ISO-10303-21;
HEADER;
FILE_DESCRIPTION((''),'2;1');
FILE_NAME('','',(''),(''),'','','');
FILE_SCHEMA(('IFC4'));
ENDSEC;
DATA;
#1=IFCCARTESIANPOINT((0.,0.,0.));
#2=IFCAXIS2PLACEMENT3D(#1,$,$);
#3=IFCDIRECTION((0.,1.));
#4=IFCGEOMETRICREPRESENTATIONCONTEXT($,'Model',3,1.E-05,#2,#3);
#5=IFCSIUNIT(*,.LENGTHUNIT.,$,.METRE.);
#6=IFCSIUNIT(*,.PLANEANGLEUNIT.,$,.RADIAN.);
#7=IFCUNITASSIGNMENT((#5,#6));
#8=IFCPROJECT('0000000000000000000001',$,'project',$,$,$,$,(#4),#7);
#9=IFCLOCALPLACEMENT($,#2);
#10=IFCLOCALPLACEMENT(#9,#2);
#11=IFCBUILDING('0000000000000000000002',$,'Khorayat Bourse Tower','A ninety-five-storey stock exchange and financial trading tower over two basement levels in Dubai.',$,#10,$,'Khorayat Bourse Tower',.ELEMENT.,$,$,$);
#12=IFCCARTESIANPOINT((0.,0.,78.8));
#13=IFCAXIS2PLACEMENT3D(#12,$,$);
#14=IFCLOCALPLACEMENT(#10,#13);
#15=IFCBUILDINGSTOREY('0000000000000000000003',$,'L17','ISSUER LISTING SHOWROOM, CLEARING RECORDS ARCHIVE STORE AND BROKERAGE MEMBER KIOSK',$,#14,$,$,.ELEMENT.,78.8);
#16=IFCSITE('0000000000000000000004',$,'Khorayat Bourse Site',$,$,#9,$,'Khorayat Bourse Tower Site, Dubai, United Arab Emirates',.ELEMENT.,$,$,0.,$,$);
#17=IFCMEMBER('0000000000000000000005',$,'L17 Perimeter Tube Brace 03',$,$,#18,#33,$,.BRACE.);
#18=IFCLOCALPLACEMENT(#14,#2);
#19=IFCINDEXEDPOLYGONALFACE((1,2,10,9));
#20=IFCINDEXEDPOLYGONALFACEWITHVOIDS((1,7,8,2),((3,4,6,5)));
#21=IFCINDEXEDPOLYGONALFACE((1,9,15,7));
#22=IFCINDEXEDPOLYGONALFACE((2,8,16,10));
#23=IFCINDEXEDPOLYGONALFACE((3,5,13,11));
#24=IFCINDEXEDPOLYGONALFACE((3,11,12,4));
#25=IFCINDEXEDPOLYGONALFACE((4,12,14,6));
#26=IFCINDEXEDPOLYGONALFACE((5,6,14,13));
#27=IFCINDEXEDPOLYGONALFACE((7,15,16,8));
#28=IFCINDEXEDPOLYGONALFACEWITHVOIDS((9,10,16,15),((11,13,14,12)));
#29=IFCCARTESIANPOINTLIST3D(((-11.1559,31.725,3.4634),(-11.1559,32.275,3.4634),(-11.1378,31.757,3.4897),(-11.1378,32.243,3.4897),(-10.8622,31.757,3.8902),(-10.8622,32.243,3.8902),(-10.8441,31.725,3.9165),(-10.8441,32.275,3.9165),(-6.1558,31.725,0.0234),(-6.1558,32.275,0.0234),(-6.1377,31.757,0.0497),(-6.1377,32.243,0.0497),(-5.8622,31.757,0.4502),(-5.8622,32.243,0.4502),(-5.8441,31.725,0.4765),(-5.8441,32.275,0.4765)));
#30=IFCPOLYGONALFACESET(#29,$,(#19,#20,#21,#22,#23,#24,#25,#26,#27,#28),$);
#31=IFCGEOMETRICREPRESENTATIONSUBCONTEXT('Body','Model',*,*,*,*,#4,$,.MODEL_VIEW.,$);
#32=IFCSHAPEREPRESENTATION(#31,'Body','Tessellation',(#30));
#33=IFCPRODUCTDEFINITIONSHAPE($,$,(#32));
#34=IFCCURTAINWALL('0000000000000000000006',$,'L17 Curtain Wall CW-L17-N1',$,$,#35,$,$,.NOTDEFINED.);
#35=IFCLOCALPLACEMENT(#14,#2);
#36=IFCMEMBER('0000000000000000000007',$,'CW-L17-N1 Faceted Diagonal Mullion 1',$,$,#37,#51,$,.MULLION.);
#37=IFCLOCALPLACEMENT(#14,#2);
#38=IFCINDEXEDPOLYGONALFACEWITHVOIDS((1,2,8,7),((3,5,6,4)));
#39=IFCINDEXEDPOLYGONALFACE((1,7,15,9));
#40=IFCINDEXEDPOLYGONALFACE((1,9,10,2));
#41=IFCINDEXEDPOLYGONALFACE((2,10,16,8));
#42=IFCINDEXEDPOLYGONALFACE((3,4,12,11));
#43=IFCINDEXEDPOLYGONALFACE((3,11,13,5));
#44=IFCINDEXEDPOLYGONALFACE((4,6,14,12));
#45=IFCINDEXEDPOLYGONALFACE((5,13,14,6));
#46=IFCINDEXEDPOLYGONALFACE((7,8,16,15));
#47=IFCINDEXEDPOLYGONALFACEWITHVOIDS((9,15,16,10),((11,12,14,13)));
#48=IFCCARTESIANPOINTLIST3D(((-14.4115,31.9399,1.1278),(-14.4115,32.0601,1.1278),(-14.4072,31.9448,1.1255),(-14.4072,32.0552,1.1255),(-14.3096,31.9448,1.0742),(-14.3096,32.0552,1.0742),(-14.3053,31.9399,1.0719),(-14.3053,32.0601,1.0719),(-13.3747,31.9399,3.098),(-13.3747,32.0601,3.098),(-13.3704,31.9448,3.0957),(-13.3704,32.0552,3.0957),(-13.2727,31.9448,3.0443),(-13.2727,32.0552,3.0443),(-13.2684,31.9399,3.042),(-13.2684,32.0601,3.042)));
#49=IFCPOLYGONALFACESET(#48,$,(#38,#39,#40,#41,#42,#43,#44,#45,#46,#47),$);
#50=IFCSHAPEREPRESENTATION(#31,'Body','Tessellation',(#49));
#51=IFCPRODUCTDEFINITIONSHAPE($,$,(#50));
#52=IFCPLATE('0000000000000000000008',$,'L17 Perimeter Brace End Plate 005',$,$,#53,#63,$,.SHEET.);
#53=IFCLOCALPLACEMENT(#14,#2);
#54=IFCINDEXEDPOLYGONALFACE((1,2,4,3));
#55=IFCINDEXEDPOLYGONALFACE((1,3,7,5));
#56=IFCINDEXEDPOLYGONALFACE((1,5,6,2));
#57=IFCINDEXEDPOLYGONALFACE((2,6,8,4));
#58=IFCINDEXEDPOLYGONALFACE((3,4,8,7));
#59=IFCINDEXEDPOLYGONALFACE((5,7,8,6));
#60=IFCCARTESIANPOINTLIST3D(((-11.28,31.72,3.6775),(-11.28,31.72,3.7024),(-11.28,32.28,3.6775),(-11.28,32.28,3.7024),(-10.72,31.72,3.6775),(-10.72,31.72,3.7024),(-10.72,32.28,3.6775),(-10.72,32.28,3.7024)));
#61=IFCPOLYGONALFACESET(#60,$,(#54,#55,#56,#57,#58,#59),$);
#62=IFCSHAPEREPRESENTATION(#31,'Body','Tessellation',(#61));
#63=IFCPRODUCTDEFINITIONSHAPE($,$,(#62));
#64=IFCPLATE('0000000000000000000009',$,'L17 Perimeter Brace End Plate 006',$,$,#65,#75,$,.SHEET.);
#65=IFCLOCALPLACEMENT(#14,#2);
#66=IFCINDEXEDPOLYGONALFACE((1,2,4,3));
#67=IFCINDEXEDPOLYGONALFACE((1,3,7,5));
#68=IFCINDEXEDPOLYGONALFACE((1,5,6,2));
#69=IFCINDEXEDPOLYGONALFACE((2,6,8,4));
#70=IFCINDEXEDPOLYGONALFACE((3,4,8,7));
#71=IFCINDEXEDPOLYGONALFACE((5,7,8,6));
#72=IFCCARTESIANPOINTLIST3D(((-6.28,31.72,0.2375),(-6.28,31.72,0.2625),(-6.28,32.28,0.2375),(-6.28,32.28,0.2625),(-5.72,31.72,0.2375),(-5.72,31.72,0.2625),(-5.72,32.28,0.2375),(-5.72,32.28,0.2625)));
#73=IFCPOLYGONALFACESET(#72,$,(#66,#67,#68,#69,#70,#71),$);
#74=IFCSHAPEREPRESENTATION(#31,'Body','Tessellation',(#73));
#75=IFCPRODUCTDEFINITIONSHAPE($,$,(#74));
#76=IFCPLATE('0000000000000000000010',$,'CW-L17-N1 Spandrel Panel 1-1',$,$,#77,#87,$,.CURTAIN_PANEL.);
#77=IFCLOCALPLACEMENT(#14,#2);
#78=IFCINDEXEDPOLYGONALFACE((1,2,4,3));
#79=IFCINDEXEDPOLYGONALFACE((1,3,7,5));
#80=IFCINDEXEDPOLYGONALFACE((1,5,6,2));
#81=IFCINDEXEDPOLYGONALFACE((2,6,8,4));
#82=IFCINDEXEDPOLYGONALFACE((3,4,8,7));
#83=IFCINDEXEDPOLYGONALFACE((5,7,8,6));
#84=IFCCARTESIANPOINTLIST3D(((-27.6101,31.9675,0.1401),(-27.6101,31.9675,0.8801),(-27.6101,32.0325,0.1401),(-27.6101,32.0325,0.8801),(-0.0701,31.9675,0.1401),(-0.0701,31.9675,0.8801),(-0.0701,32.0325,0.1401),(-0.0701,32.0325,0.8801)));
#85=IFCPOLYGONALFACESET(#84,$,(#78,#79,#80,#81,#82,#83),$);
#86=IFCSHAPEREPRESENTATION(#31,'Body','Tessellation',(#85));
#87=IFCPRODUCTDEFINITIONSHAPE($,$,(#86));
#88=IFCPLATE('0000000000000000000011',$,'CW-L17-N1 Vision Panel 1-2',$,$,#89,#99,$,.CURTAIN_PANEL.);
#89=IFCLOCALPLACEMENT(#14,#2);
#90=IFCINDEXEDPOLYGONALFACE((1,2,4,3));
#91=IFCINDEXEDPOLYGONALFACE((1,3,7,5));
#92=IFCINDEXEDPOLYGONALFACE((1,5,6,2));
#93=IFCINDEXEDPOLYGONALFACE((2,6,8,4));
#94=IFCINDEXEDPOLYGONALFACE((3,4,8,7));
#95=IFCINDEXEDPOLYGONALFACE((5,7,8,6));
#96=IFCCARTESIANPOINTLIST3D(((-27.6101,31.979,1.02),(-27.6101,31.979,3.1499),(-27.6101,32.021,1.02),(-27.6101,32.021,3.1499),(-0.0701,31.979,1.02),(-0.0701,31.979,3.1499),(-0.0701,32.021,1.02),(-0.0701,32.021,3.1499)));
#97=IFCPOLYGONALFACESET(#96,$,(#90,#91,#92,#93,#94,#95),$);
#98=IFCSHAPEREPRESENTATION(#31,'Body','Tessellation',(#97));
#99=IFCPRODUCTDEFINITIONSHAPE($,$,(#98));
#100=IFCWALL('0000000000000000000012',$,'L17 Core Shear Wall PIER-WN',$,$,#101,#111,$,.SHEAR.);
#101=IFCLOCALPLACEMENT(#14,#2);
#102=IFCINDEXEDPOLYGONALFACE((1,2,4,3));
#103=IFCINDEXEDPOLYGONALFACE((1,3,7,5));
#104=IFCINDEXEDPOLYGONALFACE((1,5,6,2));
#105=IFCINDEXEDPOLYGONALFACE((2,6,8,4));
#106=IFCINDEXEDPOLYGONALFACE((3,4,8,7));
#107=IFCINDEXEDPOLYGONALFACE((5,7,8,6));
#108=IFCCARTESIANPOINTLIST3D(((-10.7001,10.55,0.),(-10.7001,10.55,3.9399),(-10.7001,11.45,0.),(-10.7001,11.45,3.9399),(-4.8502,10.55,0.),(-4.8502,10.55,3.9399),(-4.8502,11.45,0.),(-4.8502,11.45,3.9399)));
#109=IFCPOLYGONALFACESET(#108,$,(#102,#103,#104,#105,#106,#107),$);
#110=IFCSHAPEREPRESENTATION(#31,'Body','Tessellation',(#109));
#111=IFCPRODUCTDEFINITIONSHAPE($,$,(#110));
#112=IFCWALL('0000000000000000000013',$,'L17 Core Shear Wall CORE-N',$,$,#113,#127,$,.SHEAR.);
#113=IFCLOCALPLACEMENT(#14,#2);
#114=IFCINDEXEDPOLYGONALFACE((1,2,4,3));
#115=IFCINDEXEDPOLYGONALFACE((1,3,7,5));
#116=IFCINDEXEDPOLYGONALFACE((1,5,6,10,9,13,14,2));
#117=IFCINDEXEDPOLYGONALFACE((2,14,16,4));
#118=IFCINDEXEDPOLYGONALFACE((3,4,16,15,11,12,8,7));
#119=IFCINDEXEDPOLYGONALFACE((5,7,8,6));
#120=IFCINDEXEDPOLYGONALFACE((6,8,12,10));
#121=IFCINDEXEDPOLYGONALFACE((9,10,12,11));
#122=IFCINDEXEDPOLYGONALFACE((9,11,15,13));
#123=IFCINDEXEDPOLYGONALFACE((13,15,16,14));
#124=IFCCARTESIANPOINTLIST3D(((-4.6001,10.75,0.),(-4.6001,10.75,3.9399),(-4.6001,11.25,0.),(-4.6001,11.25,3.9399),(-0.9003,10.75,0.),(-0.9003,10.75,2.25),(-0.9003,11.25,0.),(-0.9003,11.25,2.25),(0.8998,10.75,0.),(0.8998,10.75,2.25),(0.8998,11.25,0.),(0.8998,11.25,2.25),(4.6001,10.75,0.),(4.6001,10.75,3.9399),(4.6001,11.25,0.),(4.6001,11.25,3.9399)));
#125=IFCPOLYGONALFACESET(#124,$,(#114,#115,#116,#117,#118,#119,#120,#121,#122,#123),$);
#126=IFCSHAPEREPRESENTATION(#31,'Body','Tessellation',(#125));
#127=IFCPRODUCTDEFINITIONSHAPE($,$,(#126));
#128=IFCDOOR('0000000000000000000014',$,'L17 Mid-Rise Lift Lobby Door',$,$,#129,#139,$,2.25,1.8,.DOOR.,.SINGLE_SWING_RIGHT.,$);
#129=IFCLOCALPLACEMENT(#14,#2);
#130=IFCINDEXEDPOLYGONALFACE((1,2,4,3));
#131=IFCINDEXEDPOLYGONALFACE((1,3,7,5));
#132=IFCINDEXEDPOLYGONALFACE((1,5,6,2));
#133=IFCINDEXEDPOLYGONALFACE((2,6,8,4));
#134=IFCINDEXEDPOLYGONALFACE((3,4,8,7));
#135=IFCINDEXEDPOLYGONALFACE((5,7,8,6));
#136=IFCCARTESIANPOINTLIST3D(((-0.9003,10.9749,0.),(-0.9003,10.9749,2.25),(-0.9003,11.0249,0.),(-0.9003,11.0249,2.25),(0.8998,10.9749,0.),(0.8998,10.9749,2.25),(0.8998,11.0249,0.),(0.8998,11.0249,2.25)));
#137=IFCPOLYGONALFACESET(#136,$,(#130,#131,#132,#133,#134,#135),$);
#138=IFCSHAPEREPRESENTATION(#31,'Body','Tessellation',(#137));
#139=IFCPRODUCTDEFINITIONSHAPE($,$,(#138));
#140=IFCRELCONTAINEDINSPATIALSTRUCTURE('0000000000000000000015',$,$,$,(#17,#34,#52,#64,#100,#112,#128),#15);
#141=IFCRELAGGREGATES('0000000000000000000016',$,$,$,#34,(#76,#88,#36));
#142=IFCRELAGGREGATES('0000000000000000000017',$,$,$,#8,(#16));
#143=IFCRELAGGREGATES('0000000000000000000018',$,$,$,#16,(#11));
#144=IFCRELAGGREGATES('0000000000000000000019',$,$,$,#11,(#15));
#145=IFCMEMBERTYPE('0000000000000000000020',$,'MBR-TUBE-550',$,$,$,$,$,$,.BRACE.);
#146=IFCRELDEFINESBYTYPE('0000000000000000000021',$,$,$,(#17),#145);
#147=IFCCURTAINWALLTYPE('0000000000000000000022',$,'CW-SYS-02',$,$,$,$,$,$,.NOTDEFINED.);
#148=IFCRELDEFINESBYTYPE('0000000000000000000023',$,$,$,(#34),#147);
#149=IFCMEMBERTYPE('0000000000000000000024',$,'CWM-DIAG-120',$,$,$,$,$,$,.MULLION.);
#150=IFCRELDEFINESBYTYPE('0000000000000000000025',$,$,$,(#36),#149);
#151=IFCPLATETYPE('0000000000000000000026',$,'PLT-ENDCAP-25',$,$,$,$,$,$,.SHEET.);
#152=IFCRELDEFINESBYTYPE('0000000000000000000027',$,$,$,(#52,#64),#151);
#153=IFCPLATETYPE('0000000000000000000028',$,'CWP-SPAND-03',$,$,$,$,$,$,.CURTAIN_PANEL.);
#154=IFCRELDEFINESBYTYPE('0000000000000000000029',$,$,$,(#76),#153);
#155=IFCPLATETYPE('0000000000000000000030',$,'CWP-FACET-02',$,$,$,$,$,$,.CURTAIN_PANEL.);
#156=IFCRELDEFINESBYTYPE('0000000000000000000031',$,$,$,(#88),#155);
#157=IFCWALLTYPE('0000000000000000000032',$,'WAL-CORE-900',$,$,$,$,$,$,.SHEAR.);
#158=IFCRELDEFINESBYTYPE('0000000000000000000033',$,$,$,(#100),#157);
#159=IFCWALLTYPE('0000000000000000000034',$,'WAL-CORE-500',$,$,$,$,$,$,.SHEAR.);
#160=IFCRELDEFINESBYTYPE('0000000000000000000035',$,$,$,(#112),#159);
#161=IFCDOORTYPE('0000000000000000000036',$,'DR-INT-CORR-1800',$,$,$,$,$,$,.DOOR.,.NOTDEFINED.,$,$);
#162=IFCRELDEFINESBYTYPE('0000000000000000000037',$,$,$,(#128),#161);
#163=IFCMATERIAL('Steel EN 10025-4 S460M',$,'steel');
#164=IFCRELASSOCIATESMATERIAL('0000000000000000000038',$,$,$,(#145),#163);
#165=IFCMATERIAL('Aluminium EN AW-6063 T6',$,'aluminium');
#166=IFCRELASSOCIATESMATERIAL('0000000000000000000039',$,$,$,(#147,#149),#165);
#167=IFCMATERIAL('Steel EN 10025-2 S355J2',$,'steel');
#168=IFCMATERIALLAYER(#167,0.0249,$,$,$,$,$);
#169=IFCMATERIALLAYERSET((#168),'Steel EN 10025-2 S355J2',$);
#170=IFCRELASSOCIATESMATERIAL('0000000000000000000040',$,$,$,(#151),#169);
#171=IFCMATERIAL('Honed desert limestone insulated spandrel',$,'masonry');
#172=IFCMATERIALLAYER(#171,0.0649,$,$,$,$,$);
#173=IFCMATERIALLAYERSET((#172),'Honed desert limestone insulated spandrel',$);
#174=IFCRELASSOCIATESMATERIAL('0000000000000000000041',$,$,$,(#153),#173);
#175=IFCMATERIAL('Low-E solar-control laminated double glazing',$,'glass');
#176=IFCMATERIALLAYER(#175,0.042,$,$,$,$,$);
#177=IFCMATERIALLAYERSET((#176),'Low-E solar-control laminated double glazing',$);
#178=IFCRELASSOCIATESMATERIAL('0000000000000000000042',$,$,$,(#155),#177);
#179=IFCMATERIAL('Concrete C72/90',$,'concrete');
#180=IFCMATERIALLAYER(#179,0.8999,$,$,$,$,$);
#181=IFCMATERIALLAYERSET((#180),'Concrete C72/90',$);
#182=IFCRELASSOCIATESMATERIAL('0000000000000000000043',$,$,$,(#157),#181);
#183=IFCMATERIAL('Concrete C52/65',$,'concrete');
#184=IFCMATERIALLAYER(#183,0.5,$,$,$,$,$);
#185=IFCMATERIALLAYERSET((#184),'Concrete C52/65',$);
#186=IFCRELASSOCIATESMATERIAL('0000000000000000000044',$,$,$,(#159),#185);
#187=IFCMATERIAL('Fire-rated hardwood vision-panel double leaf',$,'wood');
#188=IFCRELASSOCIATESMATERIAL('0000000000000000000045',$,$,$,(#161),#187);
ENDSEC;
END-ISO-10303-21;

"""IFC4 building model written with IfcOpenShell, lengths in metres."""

from ifc_helpers import new_model, si_unit, direction, frame, frame_2d, origin, origin_2d, place, context, subcontext, project, spatial, rectangle, hollow_rectangle, extrude, source, transform, mapped, material, layer, layer_set, material_profile, profile_set, type_object, element, fill, aggregate, save


model = new_model("IFC4")

# Units and contexts
model_context = context("Model", 3, precision=1e-05, world=origin(), true_north=direction((0.0, 1.0)))
body_context = subcontext(model_context, "Body", "Model", "MODEL_VIEW")
ifc_project = project(units=[si_unit("LENGTHUNIT", "METRE"), si_unit("PLANEANGLEUNIT", "RADIAN")], contexts=[model_context])

# Site, building, storey
site_placement = place(None, origin())
site = spatial("IfcSite", under=ifc_project, at=site_placement, Name="Khorayat Bourse Site", LongName="Khorayat Bourse Tower Site, Dubai, United Arab Emirates", CompositionType="ELEMENT", RefElevation=0.0)
building_placement = place(site_placement, origin())
building = spatial("IfcBuilding", under=site, at=building_placement, Name="Khorayat Bourse Tower", Description="A ninety-five-storey stock exchange and financial trading tower over two basement levels in Dubai.", LongName="Khorayat Bourse Tower", CompositionType="ELEMENT")
storey_placement = place(building_placement, frame((0.0, 0.0, 78.8)))
storey = spatial("IfcBuildingStorey", under=building, at=storey_placement, Name="L17", Description="ISSUER LISTING SHOWROOM, CLEARING RECORDS ARCHIVE STORE AND BROKERAGE MEMBER KIOSK", CompositionType="ELEMENT", Elevation=78.8)

# Shared definitions
ifc_material_1 = material(Name="Steel EN 10025-4 S460M", Category="steel")
ifc_material_2 = material(Name="Concrete C72/90", Category="concrete")

# Member
ifc_material_profile_1 = material_profile(ifc_material_1, hollow_rectangle(XDim=0.55, YDim=0.55, WallThickness=0.032, at=origin_2d()), Name="HSS 550x550x32")
ifc_profile_set_1 = profile_set([ifc_material_profile_1], Name="Steel EN 10025-4 S460M")
member_type_1 = type_object("IfcMemberType", Name="MBR-TUBE-550", PredefinedType="BRACE", material=ifc_profile_set_1)
shared_shape_1 = source(origin(), body_context, "Body", "SweptSolid", [
    extrude(hollow_rectangle(XDim=0.55, YDim=0.55, WallThickness=0.032, at=origin_2d()), origin(), (0.0, 0.0, 1.0), 6.0691),
])
member_1_placement = place(storey_placement, frame((-11.0, 32.0, 3.6899), z_axis=(0.823854, 0.0, -0.566802), x_axis=(0.0, 1.0, 0.0)))
element("IfcMember", 1, at=member_1_placement, inside=storey, type_object=member_type_1, Name="L17 Perimeter Tube Brace 03", PredefinedType="BRACE", context=body_context, shape_type="MappedRepresentation", body=[
    mapped(shared_shape_1, transform((0.0, 0.0, 0.0), scale=1.0)),
])

# Curtain wall, member
ifc_material_3 = material(Name="Aluminium EN AW-6063 T6", Category="aluminium")
curtain_wall_type = type_object("IfcCurtainWallType", Name="CW-SYS-02", PredefinedType="NOTDEFINED", material=ifc_material_3)
curtain_wall_placement = place(storey_placement, origin())
curtain_wall = element("IfcCurtainWall", 2, at=curtain_wall_placement, inside=storey, type_object=curtain_wall_type, Name="L17 Curtain Wall CW-L17-N1", PredefinedType="NOTDEFINED")
ifc_material_profile_2 = material_profile(ifc_material_3, hollow_rectangle(XDim=0.1201, YDim=0.1201, WallThickness=0.0049, at=origin_2d()), Name="ALU 120x120x5")
ifc_profile_set_2 = profile_set([ifc_material_profile_2], Name="Aluminium EN AW-6063 T6")
member_type_2 = type_object("IfcMemberType", Name="CWM-DIAG-120", PredefinedType="MULLION", material=ifc_profile_set_2)
shared_shape_2 = source(origin(), body_context, "Body", "SweptSolid", [
    extrude(hollow_rectangle(XDim=0.1201, YDim=0.1201, WallThickness=0.0049, at=origin_2d()), origin(), (0.0, 0.0, 1.0), 2.2263),
])
member_2_placement = place(storey_placement, frame((-14.3584, 32.0, 1.0999), z_axis=(0.465715, 0.0, 0.884935), x_axis=(0.0, 1.0, 0.0)))
member_2 = element("IfcMember", 3, at=member_2_placement, type_object=member_type_2, Name="CW-L17-N1 Faceted Diagonal Mullion 1", PredefinedType="MULLION", context=body_context, shape_type="MappedRepresentation", body=[
    mapped(shared_shape_2, transform((0.0, 0.0, 0.0), scale=1.0)),
])

# Plates
ifc_material_4 = material(Name="Steel EN 10025-2 S355J2", Category="steel")
ifc_layer_1 = layer(ifc_material_4, 0.0249)
ifc_layer_set_1 = layer_set([ifc_layer_1], Name="Steel EN 10025-2 S355J2")
plate_type_1 = type_object("IfcPlateType", Name="PLT-ENDCAP-25", PredefinedType="SHEET", material=ifc_layer_set_1)
shared_shape_3 = source(origin(), body_context, "Body", "SweptSolid", [
    extrude(rectangle(XDim=0.5601, YDim=0.5601, at=origin_2d()), origin(), (0.0, 0.0, 1.0), 0.0249),
])
for number, where, z_axis, x_axis, name in (
    (4, (-11.0, 32.0, 3.6775), (0.0, 0.0, 1.0), (1.0, 0.0, 0.0), "L17 Perimeter Brace End Plate 005"),
    (5, (-6.0, 32.0, 0.2375), (0.0, 0.0, 1.0), (1.0, 0.0, 0.0), "L17 Perimeter Brace End Plate 006"),
):
    element("IfcPlate", number, at=place(storey_placement, frame(where, z_axis=z_axis, x_axis=x_axis)), inside=storey, type_object=plate_type_1, Name=name, PredefinedType="SHEET", context=body_context, shape_type="MappedRepresentation", body=[
        mapped(shared_shape_3, transform((0.0, 0.0, 0.0), scale=1.0)),
    ])

# Plates
ifc_material_5 = material(Name="Honed desert limestone insulated spandrel", Category="masonry")
ifc_layer_2 = layer(ifc_material_5, 0.0649)
ifc_layer_set_2 = layer_set([ifc_layer_2], Name="Honed desert limestone insulated spandrel")
plate_type_2 = type_object("IfcPlateType", Name="CWP-SPAND-03", PredefinedType="CURTAIN_PANEL", material=ifc_layer_set_2)
shared_shape_4 = source(origin(), body_context, "Body", "SweptSolid", [
    extrude(rectangle(XDim=27.54, YDim=0.0649, at=origin_2d()), origin(), (0.0, 0.0, 1.0), 0.74),
])
plate_1_placement = place(storey_placement, frame((-13.8401, 32.0, 0.1401), z_axis=(0.0, 0.0, 1.0), x_axis=(1.0, 0.0, 0.0)))
plate_1 = element("IfcPlate", 6, at=plate_1_placement, type_object=plate_type_2, Name="CW-L17-N1 Spandrel Panel 1-1", PredefinedType="CURTAIN_PANEL", context=body_context, shape_type="MappedRepresentation", body=[
    mapped(shared_shape_4, transform((0.0, 0.0, 0.0), scale=1.0)),
])
ifc_material_6 = material(Name="Low-E solar-control laminated double glazing", Category="glass")
ifc_layer_3 = layer(ifc_material_6, 0.042)
ifc_layer_set_3 = layer_set([ifc_layer_3], Name="Low-E solar-control laminated double glazing")
plate_type_3 = type_object("IfcPlateType", Name="CWP-FACET-02", PredefinedType="CURTAIN_PANEL", material=ifc_layer_set_3)
shared_shape_5 = source(origin(), body_context, "Body", "SweptSolid", [
    extrude(rectangle(XDim=27.54, YDim=0.042, at=origin_2d()), origin(), (0.0, 0.0, 1.0), 2.1299),
])
plate_2_placement = place(storey_placement, frame((-13.8401, 32.0, 1.02), z_axis=(0.0, 0.0, 1.0), x_axis=(1.0, 0.0, 0.0)))
plate_2 = element("IfcPlate", 7, at=plate_2_placement, type_object=plate_type_3, Name="CW-L17-N1 Vision Panel 1-2", PredefinedType="CURTAIN_PANEL", context=body_context, shape_type="MappedRepresentation", body=[
    mapped(shared_shape_5, transform((0.0, 0.0, 0.0), scale=1.0)),
])
aggregate(curtain_wall, [plate_1, plate_2, member_2])

# Wall
ifc_layer_4 = layer(ifc_material_2, 0.8999)
ifc_layer_set_4 = layer_set([ifc_layer_4], Name="Concrete C72/90")
wall_type_1 = type_object("IfcWallType", Name="WAL-CORE-900", PredefinedType="SHEAR", material=ifc_layer_set_4)
shared_shape_6 = source(origin(), body_context, "Body", "SweptSolid", [
    extrude(rectangle(XDim=5.8499, YDim=0.8999, at=frame_2d((2.9248, 0.0))), origin(), (0.0, 0.0, 1.0), 3.9399),
])
wall_1_placement = place(storey_placement, frame((-10.7, 11.0, 0.0), z_axis=(0.0, 0.0, 1.0), x_axis=(1.0, 0.0, 0.0)))
element("IfcWall", 8, at=wall_1_placement, inside=storey, type_object=wall_type_1, Name="L17 Core Shear Wall PIER-WN", PredefinedType="SHEAR", context=body_context, shape_type="MappedRepresentation", body=[
    mapped(shared_shape_6, transform((0.0, 0.0, 0.0), scale=1.0)),
])

# Wall, opening, door
ifc_material_7 = material(Name="Concrete C52/65", Category="concrete")
ifc_layer_5 = layer(ifc_material_7, 0.5)
ifc_layer_set_5 = layer_set([ifc_layer_5], Name="Concrete C52/65")
wall_type_2 = type_object("IfcWallType", Name="WAL-CORE-500", PredefinedType="SHEAR", material=ifc_layer_set_5)
shared_shape_7 = source(origin(), body_context, "Body", "SweptSolid", [
    extrude(rectangle(XDim=9.2002, YDim=0.5, at=frame_2d((4.6001, 0.0))), origin(), (0.0, 0.0, 1.0), 3.9399),
])
wall_2_placement = place(storey_placement, frame((-4.6001, 11.0, 0.0), z_axis=(0.0, 0.0, 1.0), x_axis=(1.0, 0.0, 0.0)))
wall_2 = element("IfcWall", 9, at=wall_2_placement, inside=storey, type_object=wall_type_2, Name="L17 Core Shear Wall CORE-N", PredefinedType="SHEAR", context=body_context, shape_type="MappedRepresentation", body=[
    mapped(shared_shape_7, transform((0.0, 0.0, 0.0), scale=1.0)),
])
shared_shape_8 = source(origin(), body_context, "Body", "SweptSolid", [
    extrude(rectangle(XDim=1.8, YDim=2.25, at=frame_2d((0.8999, 1.125))), frame((0.0, 0.26, 0.0), z_axis=(0.0, -1.0, 0.0), x_axis=(1.0, 0.0, 0.0)), (0.0, 0.0, 1.0), 0.52),
])
opening_1_placement = place(wall_2_placement, frame((3.7, 0.0, 0.0)))
opening_1 = element("IfcOpeningElement", 10, at=opening_1_placement, cuts=wall_2, PredefinedType="OPENING", context=body_context, shape_type="MappedRepresentation", body=[
    mapped(shared_shape_8, transform((0.0, 0.0, 0.0), scale=1.0)),
])
ifc_material_8 = material(Name="Fire-rated hardwood vision-panel double leaf", Category="wood")
door_type_1 = type_object("IfcDoorType", Name="DR-INT-CORR-1800", OperationType="NOTDEFINED", PredefinedType="DOOR", material=ifc_material_8)
shared_shape_9 = source(origin(), body_context, "Body", "SweptSolid", [
    extrude(rectangle(XDim=1.8, YDim=2.25, at=frame_2d((0.8999, 1.125))), frame((0.0, 0.0249, 0.0), z_axis=(0.0, -1.0, 0.0), x_axis=(1.0, 0.0, 0.0)), (0.0, 0.0, 1.0), 0.05),
])
door_1_placement = place(opening_1_placement, origin())
door_1 = element("IfcDoor", 11, at=door_1_placement, inside=storey, type_object=door_type_1, Name="L17 Mid-Rise Lift Lobby Door", OperationType="SINGLE_SWING_RIGHT", OverallHeight=2.25, OverallWidth=1.8, PredefinedType="DOOR", context=body_context, shape_type="MappedRepresentation", body=[
    mapped(shared_shape_9, transform((0.0, 0.0, 0.0), scale=1.0)),
])
fill(opening_1, door_1)

save(model, "model.ifc")
